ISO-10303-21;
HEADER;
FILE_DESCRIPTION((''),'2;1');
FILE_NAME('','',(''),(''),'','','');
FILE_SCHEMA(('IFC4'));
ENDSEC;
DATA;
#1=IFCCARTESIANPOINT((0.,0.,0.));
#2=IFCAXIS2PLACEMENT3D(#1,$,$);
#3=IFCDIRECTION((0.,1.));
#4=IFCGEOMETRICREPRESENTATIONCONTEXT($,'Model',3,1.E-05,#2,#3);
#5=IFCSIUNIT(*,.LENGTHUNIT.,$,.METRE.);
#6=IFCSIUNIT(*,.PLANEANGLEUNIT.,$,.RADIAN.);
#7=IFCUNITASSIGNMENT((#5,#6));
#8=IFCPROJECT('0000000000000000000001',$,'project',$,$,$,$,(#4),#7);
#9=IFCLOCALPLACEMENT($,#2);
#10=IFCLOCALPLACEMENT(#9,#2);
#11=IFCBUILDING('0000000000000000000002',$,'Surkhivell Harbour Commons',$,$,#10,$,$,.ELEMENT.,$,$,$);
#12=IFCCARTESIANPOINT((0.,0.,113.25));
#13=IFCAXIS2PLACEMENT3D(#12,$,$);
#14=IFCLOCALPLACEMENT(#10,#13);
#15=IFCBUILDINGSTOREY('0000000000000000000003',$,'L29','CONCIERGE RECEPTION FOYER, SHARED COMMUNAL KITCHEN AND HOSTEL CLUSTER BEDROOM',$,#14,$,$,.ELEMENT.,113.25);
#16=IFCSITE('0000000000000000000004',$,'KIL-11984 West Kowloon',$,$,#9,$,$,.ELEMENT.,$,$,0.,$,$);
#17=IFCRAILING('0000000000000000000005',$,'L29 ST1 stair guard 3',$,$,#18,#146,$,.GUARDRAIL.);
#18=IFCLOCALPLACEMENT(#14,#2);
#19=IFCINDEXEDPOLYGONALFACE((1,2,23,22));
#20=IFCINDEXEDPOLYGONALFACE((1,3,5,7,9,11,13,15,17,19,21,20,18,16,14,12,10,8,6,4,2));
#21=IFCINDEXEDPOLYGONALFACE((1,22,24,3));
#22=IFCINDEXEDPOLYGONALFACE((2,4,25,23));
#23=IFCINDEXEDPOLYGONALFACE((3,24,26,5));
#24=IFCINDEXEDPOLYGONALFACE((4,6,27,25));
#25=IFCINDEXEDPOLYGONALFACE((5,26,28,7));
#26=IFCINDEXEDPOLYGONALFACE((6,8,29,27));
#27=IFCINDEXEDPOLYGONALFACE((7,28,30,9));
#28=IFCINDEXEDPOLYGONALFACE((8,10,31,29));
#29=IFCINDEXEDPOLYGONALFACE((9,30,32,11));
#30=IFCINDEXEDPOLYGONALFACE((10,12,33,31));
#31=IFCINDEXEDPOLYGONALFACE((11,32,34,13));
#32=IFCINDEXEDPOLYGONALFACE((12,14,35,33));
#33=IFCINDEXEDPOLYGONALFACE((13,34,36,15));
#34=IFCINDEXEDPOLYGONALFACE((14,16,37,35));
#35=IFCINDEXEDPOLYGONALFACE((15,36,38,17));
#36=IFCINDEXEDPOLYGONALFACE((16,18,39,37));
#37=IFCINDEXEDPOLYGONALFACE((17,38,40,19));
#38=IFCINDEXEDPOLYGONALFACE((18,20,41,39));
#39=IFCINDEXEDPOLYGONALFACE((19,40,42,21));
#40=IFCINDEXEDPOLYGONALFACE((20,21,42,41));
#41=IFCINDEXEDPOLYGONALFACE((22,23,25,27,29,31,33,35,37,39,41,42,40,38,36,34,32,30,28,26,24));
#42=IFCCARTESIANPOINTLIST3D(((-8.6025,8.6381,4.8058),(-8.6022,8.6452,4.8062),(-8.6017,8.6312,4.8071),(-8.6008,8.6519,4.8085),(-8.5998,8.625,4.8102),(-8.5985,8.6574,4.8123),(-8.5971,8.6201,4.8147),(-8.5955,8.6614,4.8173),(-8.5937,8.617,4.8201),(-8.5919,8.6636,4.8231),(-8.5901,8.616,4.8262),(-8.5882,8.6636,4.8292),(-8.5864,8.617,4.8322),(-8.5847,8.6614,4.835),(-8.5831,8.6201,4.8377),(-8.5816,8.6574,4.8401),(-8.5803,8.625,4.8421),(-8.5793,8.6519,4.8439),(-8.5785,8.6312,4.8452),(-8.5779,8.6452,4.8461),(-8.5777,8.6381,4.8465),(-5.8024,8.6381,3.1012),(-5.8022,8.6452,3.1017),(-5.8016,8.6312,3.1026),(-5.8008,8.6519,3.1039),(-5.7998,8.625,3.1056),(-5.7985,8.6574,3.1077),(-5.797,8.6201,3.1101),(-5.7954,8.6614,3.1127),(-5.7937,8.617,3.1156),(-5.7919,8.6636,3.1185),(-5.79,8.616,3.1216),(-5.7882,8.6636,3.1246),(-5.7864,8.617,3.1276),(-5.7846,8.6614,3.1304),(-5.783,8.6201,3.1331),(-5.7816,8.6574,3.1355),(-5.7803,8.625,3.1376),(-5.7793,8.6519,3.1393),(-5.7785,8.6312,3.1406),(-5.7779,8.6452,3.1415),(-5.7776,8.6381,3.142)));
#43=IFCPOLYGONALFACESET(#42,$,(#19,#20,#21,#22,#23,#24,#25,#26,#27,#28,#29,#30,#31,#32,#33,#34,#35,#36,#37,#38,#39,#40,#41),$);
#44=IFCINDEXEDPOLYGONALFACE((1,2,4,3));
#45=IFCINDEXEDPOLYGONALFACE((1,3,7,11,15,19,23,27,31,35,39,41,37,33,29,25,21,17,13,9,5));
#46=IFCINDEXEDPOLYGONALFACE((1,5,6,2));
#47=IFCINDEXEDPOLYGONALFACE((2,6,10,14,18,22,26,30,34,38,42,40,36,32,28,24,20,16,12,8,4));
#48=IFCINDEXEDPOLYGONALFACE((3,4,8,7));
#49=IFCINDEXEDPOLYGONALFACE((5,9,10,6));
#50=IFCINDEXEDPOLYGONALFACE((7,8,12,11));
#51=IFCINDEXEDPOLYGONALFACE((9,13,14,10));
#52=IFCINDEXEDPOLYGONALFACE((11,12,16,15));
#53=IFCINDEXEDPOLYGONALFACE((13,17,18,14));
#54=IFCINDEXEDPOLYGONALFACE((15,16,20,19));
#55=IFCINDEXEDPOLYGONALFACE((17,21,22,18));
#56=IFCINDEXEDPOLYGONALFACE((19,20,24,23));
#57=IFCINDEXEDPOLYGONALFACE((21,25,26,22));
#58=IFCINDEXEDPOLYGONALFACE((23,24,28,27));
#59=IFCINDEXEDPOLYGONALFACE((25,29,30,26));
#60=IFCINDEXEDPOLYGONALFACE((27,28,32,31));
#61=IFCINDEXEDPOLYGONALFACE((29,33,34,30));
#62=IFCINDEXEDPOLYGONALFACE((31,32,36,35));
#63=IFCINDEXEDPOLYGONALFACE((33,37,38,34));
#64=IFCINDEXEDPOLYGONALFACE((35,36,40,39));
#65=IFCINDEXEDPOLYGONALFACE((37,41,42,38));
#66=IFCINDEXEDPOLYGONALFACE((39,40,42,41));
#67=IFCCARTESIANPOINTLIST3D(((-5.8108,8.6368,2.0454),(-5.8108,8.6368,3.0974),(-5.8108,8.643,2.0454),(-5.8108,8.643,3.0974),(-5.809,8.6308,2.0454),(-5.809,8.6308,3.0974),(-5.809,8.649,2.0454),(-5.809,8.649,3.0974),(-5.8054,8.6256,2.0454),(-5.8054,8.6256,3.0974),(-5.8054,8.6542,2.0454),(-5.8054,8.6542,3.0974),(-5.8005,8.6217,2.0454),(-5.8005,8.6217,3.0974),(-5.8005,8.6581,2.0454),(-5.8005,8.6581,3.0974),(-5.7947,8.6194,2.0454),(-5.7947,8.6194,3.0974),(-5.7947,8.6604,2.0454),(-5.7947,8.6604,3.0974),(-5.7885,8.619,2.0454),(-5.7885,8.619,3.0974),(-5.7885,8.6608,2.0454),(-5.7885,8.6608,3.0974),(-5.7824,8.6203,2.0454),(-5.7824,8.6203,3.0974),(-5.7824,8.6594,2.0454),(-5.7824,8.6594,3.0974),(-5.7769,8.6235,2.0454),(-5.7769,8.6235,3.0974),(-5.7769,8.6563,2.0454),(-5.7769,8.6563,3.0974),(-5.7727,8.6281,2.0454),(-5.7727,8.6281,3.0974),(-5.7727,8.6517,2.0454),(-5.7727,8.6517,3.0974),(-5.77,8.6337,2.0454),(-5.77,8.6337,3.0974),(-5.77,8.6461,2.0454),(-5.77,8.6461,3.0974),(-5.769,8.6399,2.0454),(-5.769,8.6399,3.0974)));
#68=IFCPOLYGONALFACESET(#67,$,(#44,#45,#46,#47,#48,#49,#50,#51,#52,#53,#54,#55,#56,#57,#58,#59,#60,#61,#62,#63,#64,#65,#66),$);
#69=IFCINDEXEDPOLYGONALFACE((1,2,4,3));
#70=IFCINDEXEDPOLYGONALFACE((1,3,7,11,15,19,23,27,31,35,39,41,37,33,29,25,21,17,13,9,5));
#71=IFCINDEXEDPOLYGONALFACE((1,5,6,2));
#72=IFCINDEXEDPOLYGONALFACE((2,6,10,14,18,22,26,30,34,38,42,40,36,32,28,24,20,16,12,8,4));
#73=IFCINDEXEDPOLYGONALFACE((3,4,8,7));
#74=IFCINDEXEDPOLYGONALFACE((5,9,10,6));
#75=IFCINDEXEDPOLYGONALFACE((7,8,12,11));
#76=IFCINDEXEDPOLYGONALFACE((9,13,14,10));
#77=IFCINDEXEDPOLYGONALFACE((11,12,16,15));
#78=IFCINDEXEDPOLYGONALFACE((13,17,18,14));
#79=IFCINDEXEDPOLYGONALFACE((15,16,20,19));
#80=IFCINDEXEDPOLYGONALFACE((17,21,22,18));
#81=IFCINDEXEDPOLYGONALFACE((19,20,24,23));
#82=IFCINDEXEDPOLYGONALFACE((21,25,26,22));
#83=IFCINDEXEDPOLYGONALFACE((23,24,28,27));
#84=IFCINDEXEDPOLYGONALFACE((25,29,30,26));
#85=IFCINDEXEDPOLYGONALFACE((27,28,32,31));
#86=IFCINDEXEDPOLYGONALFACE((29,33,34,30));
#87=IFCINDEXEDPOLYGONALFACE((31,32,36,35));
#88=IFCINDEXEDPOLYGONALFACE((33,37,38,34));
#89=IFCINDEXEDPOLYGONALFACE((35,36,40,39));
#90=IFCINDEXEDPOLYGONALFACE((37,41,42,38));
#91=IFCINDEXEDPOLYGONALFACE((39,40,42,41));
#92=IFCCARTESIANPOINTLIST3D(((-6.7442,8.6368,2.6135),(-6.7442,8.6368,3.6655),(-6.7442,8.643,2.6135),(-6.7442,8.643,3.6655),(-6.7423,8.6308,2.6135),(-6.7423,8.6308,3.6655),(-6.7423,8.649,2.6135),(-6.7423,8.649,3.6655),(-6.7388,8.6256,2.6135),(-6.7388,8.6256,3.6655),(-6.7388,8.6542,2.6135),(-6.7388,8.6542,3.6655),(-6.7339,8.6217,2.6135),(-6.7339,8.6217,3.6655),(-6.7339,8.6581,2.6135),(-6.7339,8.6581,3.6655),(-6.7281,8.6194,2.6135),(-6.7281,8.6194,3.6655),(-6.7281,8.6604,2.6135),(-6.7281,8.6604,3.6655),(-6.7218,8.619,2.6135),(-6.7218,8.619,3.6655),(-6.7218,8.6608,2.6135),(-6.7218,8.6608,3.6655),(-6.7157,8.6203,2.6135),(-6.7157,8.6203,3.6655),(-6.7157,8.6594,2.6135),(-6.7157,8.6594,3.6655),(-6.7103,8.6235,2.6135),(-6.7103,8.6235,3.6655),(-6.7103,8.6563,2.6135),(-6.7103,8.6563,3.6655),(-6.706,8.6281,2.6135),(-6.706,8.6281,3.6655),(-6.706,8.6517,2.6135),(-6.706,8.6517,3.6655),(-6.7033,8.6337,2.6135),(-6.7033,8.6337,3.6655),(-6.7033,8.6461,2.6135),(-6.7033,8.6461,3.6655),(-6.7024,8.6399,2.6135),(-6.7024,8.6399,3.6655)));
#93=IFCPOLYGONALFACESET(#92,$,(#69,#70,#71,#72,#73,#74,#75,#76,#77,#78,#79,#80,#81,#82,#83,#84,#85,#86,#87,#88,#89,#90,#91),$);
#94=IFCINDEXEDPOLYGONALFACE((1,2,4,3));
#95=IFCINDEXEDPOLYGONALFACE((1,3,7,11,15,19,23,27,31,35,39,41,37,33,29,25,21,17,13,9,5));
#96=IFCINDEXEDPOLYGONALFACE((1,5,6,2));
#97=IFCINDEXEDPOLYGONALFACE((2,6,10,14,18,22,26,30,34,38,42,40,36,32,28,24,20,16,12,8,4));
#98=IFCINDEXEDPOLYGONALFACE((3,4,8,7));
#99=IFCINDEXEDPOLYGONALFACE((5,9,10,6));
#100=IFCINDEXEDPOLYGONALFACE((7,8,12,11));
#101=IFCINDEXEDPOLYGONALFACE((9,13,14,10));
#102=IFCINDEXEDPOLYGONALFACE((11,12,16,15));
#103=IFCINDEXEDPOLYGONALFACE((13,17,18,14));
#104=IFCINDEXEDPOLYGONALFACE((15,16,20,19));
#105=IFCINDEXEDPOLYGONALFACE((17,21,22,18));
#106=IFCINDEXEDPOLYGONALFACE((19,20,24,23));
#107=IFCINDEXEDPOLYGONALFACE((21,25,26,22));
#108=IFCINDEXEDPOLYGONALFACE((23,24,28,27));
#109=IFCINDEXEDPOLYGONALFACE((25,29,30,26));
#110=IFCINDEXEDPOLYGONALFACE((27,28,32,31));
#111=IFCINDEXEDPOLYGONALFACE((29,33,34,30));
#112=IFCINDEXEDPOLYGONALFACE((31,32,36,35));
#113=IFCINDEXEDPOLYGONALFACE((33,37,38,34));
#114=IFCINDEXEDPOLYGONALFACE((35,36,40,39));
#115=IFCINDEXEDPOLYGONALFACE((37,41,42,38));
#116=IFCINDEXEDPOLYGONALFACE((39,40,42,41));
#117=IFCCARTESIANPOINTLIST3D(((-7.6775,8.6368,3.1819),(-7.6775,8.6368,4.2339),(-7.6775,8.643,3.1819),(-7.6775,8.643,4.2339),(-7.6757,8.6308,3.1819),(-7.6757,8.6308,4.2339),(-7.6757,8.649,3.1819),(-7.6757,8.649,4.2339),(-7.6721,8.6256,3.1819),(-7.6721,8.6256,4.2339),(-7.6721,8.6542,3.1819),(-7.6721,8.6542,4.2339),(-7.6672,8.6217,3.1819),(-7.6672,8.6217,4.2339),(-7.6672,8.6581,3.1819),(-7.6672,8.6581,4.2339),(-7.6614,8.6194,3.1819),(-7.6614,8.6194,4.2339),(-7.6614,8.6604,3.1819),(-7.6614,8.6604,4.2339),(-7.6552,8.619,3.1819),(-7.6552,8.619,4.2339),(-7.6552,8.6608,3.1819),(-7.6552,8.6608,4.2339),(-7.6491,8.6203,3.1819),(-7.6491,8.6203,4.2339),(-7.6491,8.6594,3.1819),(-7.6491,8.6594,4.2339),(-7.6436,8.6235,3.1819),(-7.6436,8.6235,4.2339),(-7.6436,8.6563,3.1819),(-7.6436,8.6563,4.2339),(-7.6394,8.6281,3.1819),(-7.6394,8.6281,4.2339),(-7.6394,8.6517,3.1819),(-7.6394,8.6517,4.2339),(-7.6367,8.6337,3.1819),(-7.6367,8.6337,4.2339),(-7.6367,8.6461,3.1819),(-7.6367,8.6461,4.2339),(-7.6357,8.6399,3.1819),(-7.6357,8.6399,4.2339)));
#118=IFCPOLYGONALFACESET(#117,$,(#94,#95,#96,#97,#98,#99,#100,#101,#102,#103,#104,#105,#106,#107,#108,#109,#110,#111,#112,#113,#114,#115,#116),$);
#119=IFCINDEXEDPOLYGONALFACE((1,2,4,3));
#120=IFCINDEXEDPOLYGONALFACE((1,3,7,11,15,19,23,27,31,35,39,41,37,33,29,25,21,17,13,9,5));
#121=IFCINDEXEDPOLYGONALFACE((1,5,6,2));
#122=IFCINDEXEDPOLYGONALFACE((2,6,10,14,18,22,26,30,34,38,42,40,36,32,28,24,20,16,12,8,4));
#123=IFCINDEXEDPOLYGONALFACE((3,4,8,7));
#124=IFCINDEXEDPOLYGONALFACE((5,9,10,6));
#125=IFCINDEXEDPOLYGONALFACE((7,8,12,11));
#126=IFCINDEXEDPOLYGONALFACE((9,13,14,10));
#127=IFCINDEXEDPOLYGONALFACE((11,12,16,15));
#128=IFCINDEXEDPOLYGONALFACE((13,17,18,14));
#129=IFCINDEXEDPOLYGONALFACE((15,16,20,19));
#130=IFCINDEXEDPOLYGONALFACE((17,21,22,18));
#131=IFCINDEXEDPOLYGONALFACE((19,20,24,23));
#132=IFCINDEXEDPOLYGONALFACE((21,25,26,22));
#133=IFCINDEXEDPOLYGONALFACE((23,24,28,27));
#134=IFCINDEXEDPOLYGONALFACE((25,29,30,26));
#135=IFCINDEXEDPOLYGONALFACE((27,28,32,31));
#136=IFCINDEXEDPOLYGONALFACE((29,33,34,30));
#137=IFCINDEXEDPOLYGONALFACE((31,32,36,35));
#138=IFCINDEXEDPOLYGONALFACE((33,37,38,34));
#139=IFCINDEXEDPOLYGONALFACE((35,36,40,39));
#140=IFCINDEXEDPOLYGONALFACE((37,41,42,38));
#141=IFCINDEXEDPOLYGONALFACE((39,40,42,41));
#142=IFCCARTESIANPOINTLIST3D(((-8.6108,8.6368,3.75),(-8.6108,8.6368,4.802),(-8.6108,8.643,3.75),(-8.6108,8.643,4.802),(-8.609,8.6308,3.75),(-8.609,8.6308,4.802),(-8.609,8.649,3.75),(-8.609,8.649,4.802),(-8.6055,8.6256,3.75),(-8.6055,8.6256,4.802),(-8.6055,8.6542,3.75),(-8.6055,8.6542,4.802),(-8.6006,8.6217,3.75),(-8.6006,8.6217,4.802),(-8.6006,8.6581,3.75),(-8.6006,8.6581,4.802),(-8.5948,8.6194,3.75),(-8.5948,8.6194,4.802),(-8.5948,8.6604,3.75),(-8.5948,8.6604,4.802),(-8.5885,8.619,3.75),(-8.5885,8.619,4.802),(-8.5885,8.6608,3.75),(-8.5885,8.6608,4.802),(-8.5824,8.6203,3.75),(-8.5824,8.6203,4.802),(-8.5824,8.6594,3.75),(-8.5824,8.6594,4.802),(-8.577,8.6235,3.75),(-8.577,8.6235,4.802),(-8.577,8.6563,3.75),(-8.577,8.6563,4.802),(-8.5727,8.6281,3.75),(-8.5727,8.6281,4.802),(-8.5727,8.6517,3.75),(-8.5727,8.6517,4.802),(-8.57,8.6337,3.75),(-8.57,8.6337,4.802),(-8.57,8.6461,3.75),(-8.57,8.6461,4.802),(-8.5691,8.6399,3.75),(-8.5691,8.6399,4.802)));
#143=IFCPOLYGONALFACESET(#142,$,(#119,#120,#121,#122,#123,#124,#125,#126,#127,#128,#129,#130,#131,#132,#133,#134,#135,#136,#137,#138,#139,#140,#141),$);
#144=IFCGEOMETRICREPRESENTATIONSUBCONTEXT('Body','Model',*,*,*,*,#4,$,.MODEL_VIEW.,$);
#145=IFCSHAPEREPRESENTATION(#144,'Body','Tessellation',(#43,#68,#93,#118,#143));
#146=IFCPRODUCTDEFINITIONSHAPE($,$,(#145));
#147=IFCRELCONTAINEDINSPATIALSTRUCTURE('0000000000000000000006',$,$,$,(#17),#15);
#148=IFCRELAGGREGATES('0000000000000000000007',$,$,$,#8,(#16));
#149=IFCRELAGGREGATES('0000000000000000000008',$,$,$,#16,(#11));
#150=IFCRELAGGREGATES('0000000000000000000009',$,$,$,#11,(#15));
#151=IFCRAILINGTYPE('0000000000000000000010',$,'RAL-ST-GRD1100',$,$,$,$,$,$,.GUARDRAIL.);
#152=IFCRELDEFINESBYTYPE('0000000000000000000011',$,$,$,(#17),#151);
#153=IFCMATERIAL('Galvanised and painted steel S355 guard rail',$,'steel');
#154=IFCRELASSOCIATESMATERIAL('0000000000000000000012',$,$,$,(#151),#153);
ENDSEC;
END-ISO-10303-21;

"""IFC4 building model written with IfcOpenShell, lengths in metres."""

from ifc_helpers import new_model, si_unit, direction, frame, origin, origin_2d, place, context, subcontext, project, spatial, circle, extrude, material, type_object, element, save


model = new_model("IFC4")

# Units and contexts
model_context = context("Model", 3, precision=1e-05, world=origin(), true_north=direction((0.0, 1.0)))
body_context = subcontext(model_context, "Body", "Model", "MODEL_VIEW")
ifc_project = project(units=[si_unit("LENGTHUNIT", "METRE"), si_unit("PLANEANGLEUNIT", "RADIAN")], contexts=[model_context])

# Site, building, storey
site_placement = place(None, origin())
site = spatial("IfcSite", under=ifc_project, at=site_placement, Name="KIL-11984 West Kowloon", CompositionType="ELEMENT", RefElevation=0.0)
building_placement = place(site_placement, origin())
building = spatial("IfcBuilding", under=site, at=building_placement, Name="Surkhivell Harbour Commons", CompositionType="ELEMENT")
storey_placement = place(building_placement, frame((0.0, 0.0, 113.25)))
storey = spatial("IfcBuildingStorey", under=building, at=storey_placement, Name="L29", Description="CONCIERGE RECEPTION FOYER, SHARED COMMUNAL KITCHEN AND HOSTEL CLUSTER BEDROOM", CompositionType="ELEMENT", Elevation=113.25)

# Railing
ifc_material_1 = material(Name="Galvanised and painted steel S355 guard rail", Category="steel")
railing_type_1 = type_object("IfcRailingType", Name="RAL-ST-GRD1100", PredefinedType="GUARDRAIL", material=ifc_material_1)
railing_1_placement = place(storey_placement, frame((-5.79, 8.6399, 2.0454)))
element("IfcRailing", 1, at=railing_1_placement, inside=storey, type_object=railing_type_1, Name="L29 ST1 stair guard 3", PredefinedType="GUARDRAIL", context=body_context, shape_type="SweptSolid", body=[
    extrude(circle(Radius=0.0239, at=origin_2d()), frame((0.0, 0.0, 1.0762), z_axis=(-0.85417, 0.0, 0.519994), x_axis=(0.0, -1.0, 0.0)), (0.0, 0.0, 1.0), 3.2781),
    extrude(circle(Radius=0.021, at=origin_2d()), origin(), (0.0, 0.0, 1.0), 1.052),
    extrude(circle(Radius=0.021, at=origin_2d()), frame((-0.9333, 0.0, 0.5681)), (0.0, 0.0, 1.0), 1.052),
    extrude(circle(Radius=0.021, at=origin_2d()), frame((-1.8667, 0.0, 1.1365)), (0.0, 0.0, 1.0), 1.052),
    extrude(circle(Radius=0.021, at=origin_2d()), frame((-2.8, 0.0, 1.7046)), (0.0, 0.0, 1.0), 1.052),
])

save(model, "model.ifc")
